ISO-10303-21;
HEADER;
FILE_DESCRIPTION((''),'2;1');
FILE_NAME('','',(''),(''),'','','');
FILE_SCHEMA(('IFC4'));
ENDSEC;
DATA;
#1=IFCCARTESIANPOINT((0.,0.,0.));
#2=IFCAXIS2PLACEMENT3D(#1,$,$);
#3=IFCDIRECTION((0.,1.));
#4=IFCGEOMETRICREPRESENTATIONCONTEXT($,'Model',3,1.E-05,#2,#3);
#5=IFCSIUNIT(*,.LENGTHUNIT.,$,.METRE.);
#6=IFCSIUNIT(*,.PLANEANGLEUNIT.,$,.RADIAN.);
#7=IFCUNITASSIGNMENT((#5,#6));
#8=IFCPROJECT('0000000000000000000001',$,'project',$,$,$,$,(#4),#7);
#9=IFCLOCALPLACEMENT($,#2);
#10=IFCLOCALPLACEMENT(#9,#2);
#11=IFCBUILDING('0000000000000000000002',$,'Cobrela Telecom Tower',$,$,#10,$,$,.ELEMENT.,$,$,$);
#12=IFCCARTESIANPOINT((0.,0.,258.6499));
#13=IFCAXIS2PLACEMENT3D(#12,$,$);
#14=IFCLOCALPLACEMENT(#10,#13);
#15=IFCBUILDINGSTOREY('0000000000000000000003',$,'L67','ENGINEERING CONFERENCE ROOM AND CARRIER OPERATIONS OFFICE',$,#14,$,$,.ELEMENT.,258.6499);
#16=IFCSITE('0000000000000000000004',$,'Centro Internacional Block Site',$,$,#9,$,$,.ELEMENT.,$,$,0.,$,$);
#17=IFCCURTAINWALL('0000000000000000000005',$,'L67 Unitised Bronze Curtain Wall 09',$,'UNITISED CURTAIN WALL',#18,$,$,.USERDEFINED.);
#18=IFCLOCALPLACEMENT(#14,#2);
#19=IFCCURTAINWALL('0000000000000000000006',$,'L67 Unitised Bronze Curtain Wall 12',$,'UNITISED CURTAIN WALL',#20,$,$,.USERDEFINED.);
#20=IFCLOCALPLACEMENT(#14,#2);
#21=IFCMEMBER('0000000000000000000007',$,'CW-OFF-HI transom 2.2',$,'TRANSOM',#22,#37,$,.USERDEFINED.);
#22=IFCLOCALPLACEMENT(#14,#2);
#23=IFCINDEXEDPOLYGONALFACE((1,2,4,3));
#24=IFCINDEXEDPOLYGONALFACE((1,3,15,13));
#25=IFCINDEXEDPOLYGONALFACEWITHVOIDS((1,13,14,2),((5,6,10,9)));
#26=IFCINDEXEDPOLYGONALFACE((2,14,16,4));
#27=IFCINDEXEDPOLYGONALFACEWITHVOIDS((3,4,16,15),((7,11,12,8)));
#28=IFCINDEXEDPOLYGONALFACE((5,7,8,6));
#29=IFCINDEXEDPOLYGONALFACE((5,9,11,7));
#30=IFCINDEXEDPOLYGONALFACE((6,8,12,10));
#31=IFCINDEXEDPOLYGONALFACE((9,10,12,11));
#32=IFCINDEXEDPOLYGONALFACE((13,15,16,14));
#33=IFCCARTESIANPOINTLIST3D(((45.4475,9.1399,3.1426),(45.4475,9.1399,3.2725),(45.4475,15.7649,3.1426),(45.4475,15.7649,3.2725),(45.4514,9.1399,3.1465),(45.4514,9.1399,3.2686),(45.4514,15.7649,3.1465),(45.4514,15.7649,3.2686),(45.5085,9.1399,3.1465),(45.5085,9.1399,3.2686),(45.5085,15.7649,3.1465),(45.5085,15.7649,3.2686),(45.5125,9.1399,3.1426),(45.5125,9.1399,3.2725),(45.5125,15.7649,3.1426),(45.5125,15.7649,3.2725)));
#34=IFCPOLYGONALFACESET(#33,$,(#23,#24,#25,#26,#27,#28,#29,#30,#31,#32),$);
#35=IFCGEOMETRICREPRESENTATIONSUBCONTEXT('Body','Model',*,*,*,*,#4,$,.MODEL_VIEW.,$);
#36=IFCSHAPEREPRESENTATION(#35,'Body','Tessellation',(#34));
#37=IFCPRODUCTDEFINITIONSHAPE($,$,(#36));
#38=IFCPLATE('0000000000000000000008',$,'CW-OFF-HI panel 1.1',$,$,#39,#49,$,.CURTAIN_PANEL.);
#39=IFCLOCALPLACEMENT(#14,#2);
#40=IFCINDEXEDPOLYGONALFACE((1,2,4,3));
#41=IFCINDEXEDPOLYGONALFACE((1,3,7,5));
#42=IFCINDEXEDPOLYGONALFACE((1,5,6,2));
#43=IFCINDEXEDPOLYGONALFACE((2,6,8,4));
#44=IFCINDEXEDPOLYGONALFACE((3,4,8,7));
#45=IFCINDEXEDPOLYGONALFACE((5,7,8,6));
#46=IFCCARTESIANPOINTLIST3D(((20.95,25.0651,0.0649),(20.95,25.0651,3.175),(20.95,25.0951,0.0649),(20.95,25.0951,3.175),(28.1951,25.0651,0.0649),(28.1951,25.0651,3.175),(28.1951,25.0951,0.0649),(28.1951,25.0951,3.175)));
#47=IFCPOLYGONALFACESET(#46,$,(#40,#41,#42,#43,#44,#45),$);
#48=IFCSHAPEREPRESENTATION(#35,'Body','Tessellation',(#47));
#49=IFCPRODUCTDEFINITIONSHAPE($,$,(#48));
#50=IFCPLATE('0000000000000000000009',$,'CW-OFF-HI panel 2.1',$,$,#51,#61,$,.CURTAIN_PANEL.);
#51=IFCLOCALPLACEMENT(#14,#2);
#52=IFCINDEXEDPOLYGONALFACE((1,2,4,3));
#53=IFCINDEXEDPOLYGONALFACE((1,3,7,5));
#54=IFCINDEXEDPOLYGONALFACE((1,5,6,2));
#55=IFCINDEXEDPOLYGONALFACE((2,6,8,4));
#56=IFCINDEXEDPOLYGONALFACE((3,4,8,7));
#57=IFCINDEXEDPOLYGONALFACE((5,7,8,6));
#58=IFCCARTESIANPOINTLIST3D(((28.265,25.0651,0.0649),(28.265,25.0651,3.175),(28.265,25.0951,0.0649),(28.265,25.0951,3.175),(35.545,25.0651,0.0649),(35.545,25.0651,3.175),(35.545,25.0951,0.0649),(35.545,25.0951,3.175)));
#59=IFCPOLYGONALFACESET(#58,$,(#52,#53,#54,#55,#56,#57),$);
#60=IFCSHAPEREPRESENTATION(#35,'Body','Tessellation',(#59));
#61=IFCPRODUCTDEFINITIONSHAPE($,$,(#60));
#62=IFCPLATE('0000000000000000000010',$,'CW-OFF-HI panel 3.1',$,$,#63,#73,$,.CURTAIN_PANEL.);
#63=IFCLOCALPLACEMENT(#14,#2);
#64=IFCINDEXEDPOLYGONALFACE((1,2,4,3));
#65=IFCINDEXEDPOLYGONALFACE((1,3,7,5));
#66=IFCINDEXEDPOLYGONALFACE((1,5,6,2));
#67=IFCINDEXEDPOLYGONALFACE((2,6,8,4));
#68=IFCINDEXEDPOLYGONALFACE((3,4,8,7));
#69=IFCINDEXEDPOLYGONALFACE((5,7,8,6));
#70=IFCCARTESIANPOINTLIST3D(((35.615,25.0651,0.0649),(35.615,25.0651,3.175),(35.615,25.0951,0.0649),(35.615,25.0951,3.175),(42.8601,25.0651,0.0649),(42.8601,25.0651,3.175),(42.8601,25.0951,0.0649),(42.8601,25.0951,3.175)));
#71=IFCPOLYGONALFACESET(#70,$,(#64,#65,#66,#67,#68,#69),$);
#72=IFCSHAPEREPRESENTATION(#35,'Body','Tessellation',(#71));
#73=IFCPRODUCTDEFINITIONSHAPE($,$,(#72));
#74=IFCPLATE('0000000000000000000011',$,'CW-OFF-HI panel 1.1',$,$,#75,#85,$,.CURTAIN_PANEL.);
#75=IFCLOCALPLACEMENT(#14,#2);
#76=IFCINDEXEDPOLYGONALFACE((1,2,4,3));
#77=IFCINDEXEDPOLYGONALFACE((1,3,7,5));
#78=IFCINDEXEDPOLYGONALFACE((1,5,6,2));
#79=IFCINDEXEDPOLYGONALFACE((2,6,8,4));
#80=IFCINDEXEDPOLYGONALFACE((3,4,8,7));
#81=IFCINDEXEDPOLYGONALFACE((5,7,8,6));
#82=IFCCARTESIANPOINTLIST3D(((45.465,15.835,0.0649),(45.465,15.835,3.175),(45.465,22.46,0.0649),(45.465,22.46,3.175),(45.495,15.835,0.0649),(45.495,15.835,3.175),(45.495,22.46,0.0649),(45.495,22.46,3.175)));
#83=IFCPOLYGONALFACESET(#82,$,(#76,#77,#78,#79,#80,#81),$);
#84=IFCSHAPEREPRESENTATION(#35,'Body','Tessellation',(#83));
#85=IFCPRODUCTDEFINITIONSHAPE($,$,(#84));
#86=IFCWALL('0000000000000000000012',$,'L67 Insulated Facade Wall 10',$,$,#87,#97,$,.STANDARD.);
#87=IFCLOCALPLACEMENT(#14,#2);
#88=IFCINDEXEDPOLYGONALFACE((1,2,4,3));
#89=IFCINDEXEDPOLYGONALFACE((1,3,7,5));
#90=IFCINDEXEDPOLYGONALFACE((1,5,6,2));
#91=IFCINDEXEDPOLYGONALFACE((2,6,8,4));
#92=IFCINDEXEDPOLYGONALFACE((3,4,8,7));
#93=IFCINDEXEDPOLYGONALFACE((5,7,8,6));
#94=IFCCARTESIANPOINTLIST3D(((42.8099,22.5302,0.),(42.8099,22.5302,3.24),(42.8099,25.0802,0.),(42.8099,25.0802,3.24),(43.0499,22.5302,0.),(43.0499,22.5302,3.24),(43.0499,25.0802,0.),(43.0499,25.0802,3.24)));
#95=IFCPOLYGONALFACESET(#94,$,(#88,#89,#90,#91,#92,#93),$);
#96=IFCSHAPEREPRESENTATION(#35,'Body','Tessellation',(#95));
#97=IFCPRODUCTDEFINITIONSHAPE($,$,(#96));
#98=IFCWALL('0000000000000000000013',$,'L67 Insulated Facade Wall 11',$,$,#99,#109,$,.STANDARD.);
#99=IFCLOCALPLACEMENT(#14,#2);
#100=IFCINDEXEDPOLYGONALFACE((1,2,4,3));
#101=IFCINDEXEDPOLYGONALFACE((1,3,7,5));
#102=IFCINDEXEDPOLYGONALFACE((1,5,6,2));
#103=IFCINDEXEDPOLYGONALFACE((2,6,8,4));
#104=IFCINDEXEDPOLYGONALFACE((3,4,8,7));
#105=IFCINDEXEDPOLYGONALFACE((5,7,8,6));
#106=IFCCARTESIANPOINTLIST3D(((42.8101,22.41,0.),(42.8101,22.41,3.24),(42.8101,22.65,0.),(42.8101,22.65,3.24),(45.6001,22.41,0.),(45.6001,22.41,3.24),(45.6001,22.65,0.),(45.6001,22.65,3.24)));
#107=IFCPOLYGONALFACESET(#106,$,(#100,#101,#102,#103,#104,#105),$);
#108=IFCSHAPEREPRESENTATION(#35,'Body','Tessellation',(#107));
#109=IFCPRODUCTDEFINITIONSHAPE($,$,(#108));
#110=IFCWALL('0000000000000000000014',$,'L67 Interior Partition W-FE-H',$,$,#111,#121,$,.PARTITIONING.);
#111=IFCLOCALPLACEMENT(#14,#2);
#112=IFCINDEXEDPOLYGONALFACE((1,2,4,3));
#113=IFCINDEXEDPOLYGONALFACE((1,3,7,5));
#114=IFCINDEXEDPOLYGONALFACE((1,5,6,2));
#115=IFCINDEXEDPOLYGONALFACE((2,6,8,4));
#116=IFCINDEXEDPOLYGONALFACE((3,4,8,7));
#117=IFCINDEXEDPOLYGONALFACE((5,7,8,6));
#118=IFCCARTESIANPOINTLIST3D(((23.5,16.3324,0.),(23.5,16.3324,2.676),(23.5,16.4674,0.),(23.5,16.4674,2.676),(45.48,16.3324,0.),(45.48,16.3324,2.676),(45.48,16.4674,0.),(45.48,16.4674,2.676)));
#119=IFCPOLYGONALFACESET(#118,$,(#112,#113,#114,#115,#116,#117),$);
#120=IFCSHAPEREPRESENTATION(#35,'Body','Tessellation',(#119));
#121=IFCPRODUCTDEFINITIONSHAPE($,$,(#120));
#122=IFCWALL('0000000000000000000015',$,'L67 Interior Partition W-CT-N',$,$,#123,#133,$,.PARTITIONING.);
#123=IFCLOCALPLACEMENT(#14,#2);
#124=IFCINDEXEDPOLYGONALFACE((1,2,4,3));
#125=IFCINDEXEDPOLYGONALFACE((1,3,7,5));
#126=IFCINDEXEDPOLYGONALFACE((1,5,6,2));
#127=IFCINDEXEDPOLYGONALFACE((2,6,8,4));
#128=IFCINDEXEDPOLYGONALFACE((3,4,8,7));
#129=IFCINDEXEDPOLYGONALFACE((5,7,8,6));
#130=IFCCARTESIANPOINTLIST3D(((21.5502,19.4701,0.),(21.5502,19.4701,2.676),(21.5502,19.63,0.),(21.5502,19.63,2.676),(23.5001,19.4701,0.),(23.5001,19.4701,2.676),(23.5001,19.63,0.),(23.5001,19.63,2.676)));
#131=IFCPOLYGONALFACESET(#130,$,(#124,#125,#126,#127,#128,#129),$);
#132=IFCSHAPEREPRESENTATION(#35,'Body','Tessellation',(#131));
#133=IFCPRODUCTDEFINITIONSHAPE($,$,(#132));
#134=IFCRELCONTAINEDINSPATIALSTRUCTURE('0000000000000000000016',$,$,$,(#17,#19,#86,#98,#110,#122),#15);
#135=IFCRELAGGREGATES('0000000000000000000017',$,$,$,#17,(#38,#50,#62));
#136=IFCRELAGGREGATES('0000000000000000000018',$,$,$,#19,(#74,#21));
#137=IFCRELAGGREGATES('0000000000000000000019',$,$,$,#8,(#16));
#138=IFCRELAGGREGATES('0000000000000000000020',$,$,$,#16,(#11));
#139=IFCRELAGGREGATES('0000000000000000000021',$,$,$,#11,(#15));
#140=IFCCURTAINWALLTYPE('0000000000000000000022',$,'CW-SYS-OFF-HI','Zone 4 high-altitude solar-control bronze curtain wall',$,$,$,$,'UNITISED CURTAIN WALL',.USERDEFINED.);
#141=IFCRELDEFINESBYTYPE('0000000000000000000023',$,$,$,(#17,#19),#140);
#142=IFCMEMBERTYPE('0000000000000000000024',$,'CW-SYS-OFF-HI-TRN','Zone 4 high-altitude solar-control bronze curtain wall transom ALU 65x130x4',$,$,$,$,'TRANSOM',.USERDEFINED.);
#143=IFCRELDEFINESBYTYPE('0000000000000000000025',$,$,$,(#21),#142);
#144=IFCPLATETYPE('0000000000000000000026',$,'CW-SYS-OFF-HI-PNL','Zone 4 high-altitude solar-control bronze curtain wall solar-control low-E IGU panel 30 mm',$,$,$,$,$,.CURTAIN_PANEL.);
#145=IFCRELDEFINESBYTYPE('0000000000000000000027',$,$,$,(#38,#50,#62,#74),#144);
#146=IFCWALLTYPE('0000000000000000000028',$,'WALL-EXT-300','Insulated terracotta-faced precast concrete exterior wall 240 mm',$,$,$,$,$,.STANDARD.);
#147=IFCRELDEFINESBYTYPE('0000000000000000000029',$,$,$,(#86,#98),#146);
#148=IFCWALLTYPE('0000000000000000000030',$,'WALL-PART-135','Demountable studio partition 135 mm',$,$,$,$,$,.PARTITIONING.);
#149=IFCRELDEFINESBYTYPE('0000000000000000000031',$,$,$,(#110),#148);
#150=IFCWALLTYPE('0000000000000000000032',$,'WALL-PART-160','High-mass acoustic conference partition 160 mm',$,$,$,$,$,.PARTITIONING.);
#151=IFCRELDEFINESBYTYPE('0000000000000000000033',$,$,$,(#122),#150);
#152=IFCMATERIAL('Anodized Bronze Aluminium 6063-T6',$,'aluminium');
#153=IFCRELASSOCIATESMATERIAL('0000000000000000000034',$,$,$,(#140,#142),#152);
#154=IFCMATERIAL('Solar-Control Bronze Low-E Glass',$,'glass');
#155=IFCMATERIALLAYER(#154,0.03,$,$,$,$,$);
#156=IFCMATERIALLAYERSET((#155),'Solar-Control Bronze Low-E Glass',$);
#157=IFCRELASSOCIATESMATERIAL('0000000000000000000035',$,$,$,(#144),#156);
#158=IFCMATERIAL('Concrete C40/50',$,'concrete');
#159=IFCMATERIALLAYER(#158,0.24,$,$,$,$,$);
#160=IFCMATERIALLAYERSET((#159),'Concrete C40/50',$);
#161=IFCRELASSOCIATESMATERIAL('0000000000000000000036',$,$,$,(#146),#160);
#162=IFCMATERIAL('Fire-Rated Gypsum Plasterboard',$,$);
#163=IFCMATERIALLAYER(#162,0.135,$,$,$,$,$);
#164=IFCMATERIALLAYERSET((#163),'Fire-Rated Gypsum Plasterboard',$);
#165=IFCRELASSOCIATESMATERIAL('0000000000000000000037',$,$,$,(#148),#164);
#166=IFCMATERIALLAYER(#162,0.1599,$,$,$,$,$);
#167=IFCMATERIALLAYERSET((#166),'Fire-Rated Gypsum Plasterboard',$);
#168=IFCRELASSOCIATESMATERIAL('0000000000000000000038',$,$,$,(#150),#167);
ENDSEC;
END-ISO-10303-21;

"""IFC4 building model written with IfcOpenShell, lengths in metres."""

from ifc_helpers import new_model, si_unit, direction, frame, frame_2d, origin, origin_2d, place, context, subcontext, project, spatial, rectangle, hollow_rectangle, extrude, material, layer, layer_set, material_profile, profile_set, type_object, element, aggregate, save


model = new_model("IFC4")

# Units and contexts
model_context = context("Model", 3, precision=1e-05, world=origin(), true_north=direction((0.0, 1.0)))
body_context = subcontext(model_context, "Body", "Model", "MODEL_VIEW")
ifc_project = project(units=[si_unit("LENGTHUNIT", "METRE"), si_unit("PLANEANGLEUNIT", "RADIAN")], contexts=[model_context])

# Site, building, storey
site_placement = place(None, origin())
site = spatial("IfcSite", under=ifc_project, at=site_placement, Name="Centro Internacional Block Site", CompositionType="ELEMENT", RefElevation=0.0)
building_placement = place(site_placement, origin())
building = spatial("IfcBuilding", under=site, at=building_placement, Name="Cobrela Telecom Tower", CompositionType="ELEMENT")
storey_placement = place(building_placement, frame((0.0, 0.0, 258.6499)))
storey = spatial("IfcBuildingStorey", under=building, at=storey_placement, Name="L67", Description="ENGINEERING CONFERENCE ROOM AND CARRIER OPERATIONS OFFICE", CompositionType="ELEMENT", Elevation=258.6499)

# Curtain walls
ifc_material_1 = material(Name="Anodized Bronze Aluminium 6063-T6", Category="aluminium")
curtain_wall_type = type_object("IfcCurtainWallType", Name="CW-SYS-OFF-HI", Description="Zone 4 high-altitude solar-control bronze curtain wall", ElementType="UNITISED CURTAIN WALL", PredefinedType="USERDEFINED", material=ifc_material_1)
curtain_wall_1_placement = place(storey_placement, origin())
curtain_wall_1 = element("IfcCurtainWall", 1, at=curtain_wall_1_placement, inside=storey, type_object=curtain_wall_type, Name="L67 Unitised Bronze Curtain Wall 09", ObjectType="UNITISED CURTAIN WALL", PredefinedType="USERDEFINED")
curtain_wall_2_placement = place(storey_placement, origin())
curtain_wall_2 = element("IfcCurtainWall", 2, at=curtain_wall_2_placement, inside=storey, type_object=curtain_wall_type, Name="L67 Unitised Bronze Curtain Wall 12", ObjectType="UNITISED CURTAIN WALL", PredefinedType="USERDEFINED")

# Member
ifc_material_profile_1 = material_profile(ifc_material_1, hollow_rectangle(XDim=0.0649, YDim=0.1299, WallThickness=0.0039, at=origin_2d()), Name="ALU 65x130x4")
ifc_profile_set_1 = profile_set([ifc_material_profile_1], Name="Anodized Bronze Aluminium 6063-T6")
member_type_1 = type_object("IfcMemberType", Name="CW-SYS-OFF-HI-TRN", Description="Zone 4 high-altitude solar-control bronze curtain wall transom ALU 65x130x4", ElementType="TRANSOM", PredefinedType="USERDEFINED", material=ifc_profile_set_1)
member_1_placement = place(storey_placement, frame((45.48, 15.7649, 3.2075), z_axis=(0.0, -1.0, 0.0), x_axis=(1.0, 0.0, 0.0)))
member_1 = element("IfcMember", 3, at=member_1_placement, type_object=member_type_1, Name="CW-OFF-HI transom 2.2", ObjectType="TRANSOM", PredefinedType="USERDEFINED", context=body_context, shape_type="SweptSolid", body=[
    extrude(hollow_rectangle(XDim=0.0649, YDim=0.1299, WallThickness=0.0039, at=origin_2d()), origin(), (0.0, 0.0, 1.0), 6.625),
])

# Plates
ifc_material_2 = material(Name="Solar-Control Bronze Low-E Glass", Category="glass")
ifc_layer_1 = layer(ifc_material_2, 0.03)
ifc_layer_set_1 = layer_set([ifc_layer_1], Name="Solar-Control Bronze Low-E Glass")
plate_type = type_object("IfcPlateType", Name="CW-SYS-OFF-HI-PNL", Description="Zone 4 high-altitude solar-control bronze curtain wall solar-control low-E IGU panel 30 mm", PredefinedType="CURTAIN_PANEL", material=ifc_layer_set_1)
plate_1_placement = place(storey_placement, frame((24.5725, 25.0801, 0.0649), z_axis=(0.0, 0.0, 1.0), x_axis=(1.0, 0.0, 0.0)))
plate_1 = element("IfcPlate", 4, at=plate_1_placement, type_object=plate_type, Name="CW-OFF-HI panel 1.1", PredefinedType="CURTAIN_PANEL", context=body_context, shape_type="SweptSolid", body=[
    extrude(rectangle(XDim=7.2451, YDim=0.03, at=origin_2d()), origin(), (0.0, 0.0, 1.0), 3.1101),
])
plate_2_placement = place(storey_placement, frame((31.905, 25.0801, 0.0649), z_axis=(0.0, 0.0, 1.0), x_axis=(1.0, 0.0, 0.0)))
plate_2 = element("IfcPlate", 5, at=plate_2_placement, type_object=plate_type, Name="CW-OFF-HI panel 2.1", PredefinedType="CURTAIN_PANEL", context=body_context, shape_type="SweptSolid", body=[
    extrude(rectangle(XDim=7.28, YDim=0.03, at=origin_2d()), origin(), (0.0, 0.0, 1.0), 3.1101),
])
plate_3_placement = place(storey_placement, frame((39.2375, 25.0801, 0.0649), z_axis=(0.0, 0.0, 1.0), x_axis=(1.0, 0.0, 0.0)))
plate_3 = element("IfcPlate", 6, at=plate_3_placement, type_object=plate_type, Name="CW-OFF-HI panel 3.1", PredefinedType="CURTAIN_PANEL", context=body_context, shape_type="SweptSolid", body=[
    extrude(rectangle(XDim=7.2451, YDim=0.03, at=origin_2d()), origin(), (0.0, 0.0, 1.0), 3.1101),
])
aggregate(curtain_wall_1, [plate_1, plate_2, plate_3])
plate_4_placement = place(storey_placement, frame((45.48, 19.1475, 0.0649), z_axis=(0.0, 0.0, 1.0), x_axis=(0.0, -1.0, 0.0)))
plate_4 = element("IfcPlate", 7, at=plate_4_placement, type_object=plate_type, Name="CW-OFF-HI panel 1.1", PredefinedType="CURTAIN_PANEL", context=body_context, shape_type="SweptSolid", body=[
    extrude(rectangle(XDim=6.625, YDim=0.03, at=origin_2d()), origin(), (0.0, 0.0, 1.0), 3.1101),
])
aggregate(curtain_wall_2, [plate_4, member_1])

# Walls
ifc_material_3 = material(Name="Concrete C40/50", Category="concrete")
ifc_layer_2 = layer(ifc_material_3, 0.24)
ifc_layer_set_2 = layer_set([ifc_layer_2], Name="Concrete C40/50")
wall_type_1 = type_object("IfcWallType", Name="WALL-EXT-300", Description="Insulated terracotta-faced precast concrete exterior wall 240 mm", PredefinedType="STANDARD", material=ifc_layer_set_2)
wall_1_placement = place(storey_placement, frame((42.9299, 25.0801, 0.0), z_axis=(0.0, 0.0, 1.0), x_axis=(0.0, -1.0, 0.0)))
element("IfcWall", 8, at=wall_1_placement, inside=storey, type_object=wall_type_1, Name="L67 Insulated Facade Wall 10", PredefinedType="STANDARD", context=body_context, shape_type="SweptSolid", body=[
    extrude(rectangle(XDim=2.55, YDim=0.24, at=frame_2d((1.2749, 0.0))), origin(), (0.0, 0.0, 1.0), 3.24),
])
wall_2_placement = place(storey_placement, frame((42.8101, 22.53, 0.0), z_axis=(0.0, 0.0, 1.0), x_axis=(1.0, 0.0, 0.0)))
element("IfcWall", 9, at=wall_2_placement, inside=storey, type_object=wall_type_1, Name="L67 Insulated Facade Wall 11", PredefinedType="STANDARD", context=body_context, shape_type="SweptSolid", body=[
    extrude(rectangle(XDim=2.79, YDim=0.24, at=frame_2d((1.395, 0.0))), origin(), (0.0, 0.0, 1.0), 3.24),
])
ifc_material_4 = material(Name="Fire-Rated Gypsum Plasterboard")
ifc_layer_3 = layer(ifc_material_4, 0.135)
ifc_layer_set_3 = layer_set([ifc_layer_3], Name="Fire-Rated Gypsum Plasterboard")
wall_type_2 = type_object("IfcWallType", Name="WALL-PART-135", Description="Demountable studio partition 135 mm", PredefinedType="PARTITIONING", material=ifc_layer_set_3)
wall_3_placement = place(storey_placement, frame((23.5, 16.3999, 0.0), z_axis=(0.0, 0.0, 1.0), x_axis=(1.0, 0.0, 0.0)))
element("IfcWall", 10, at=wall_3_placement, inside=storey, type_object=wall_type_2, Name="L67 Interior Partition W-FE-H", PredefinedType="PARTITIONING", context=body_context, shape_type="SweptSolid", body=[
    extrude(rectangle(XDim=21.98, YDim=0.135, at=frame_2d((10.99, 0.0))), origin(), (0.0, 0.0, 1.0), 2.676),
])
ifc_layer_4 = layer(ifc_material_4, 0.1599)
ifc_layer_set_4 = layer_set([ifc_layer_4], Name="Fire-Rated Gypsum Plasterboard")
wall_type_3 = type_object("IfcWallType", Name="WALL-PART-160", Description="High-mass acoustic conference partition 160 mm", PredefinedType="PARTITIONING", material=ifc_layer_set_4)
wall_4_placement = place(storey_placement, frame((21.55, 19.55, 0.0), z_axis=(0.0, 0.0, 1.0), x_axis=(1.0, 0.0, 0.0)))
element("IfcWall", 11, at=wall_4_placement, inside=storey, type_object=wall_type_3, Name="L67 Interior Partition W-CT-N", PredefinedType="PARTITIONING", context=body_context, shape_type="SweptSolid", body=[
    extrude(rectangle(XDim=1.95, YDim=0.1599, at=frame_2d((0.9751, 0.0))), origin(), (0.0, 0.0, 1.0), 2.676),
])

save(model, "model.ifc")
